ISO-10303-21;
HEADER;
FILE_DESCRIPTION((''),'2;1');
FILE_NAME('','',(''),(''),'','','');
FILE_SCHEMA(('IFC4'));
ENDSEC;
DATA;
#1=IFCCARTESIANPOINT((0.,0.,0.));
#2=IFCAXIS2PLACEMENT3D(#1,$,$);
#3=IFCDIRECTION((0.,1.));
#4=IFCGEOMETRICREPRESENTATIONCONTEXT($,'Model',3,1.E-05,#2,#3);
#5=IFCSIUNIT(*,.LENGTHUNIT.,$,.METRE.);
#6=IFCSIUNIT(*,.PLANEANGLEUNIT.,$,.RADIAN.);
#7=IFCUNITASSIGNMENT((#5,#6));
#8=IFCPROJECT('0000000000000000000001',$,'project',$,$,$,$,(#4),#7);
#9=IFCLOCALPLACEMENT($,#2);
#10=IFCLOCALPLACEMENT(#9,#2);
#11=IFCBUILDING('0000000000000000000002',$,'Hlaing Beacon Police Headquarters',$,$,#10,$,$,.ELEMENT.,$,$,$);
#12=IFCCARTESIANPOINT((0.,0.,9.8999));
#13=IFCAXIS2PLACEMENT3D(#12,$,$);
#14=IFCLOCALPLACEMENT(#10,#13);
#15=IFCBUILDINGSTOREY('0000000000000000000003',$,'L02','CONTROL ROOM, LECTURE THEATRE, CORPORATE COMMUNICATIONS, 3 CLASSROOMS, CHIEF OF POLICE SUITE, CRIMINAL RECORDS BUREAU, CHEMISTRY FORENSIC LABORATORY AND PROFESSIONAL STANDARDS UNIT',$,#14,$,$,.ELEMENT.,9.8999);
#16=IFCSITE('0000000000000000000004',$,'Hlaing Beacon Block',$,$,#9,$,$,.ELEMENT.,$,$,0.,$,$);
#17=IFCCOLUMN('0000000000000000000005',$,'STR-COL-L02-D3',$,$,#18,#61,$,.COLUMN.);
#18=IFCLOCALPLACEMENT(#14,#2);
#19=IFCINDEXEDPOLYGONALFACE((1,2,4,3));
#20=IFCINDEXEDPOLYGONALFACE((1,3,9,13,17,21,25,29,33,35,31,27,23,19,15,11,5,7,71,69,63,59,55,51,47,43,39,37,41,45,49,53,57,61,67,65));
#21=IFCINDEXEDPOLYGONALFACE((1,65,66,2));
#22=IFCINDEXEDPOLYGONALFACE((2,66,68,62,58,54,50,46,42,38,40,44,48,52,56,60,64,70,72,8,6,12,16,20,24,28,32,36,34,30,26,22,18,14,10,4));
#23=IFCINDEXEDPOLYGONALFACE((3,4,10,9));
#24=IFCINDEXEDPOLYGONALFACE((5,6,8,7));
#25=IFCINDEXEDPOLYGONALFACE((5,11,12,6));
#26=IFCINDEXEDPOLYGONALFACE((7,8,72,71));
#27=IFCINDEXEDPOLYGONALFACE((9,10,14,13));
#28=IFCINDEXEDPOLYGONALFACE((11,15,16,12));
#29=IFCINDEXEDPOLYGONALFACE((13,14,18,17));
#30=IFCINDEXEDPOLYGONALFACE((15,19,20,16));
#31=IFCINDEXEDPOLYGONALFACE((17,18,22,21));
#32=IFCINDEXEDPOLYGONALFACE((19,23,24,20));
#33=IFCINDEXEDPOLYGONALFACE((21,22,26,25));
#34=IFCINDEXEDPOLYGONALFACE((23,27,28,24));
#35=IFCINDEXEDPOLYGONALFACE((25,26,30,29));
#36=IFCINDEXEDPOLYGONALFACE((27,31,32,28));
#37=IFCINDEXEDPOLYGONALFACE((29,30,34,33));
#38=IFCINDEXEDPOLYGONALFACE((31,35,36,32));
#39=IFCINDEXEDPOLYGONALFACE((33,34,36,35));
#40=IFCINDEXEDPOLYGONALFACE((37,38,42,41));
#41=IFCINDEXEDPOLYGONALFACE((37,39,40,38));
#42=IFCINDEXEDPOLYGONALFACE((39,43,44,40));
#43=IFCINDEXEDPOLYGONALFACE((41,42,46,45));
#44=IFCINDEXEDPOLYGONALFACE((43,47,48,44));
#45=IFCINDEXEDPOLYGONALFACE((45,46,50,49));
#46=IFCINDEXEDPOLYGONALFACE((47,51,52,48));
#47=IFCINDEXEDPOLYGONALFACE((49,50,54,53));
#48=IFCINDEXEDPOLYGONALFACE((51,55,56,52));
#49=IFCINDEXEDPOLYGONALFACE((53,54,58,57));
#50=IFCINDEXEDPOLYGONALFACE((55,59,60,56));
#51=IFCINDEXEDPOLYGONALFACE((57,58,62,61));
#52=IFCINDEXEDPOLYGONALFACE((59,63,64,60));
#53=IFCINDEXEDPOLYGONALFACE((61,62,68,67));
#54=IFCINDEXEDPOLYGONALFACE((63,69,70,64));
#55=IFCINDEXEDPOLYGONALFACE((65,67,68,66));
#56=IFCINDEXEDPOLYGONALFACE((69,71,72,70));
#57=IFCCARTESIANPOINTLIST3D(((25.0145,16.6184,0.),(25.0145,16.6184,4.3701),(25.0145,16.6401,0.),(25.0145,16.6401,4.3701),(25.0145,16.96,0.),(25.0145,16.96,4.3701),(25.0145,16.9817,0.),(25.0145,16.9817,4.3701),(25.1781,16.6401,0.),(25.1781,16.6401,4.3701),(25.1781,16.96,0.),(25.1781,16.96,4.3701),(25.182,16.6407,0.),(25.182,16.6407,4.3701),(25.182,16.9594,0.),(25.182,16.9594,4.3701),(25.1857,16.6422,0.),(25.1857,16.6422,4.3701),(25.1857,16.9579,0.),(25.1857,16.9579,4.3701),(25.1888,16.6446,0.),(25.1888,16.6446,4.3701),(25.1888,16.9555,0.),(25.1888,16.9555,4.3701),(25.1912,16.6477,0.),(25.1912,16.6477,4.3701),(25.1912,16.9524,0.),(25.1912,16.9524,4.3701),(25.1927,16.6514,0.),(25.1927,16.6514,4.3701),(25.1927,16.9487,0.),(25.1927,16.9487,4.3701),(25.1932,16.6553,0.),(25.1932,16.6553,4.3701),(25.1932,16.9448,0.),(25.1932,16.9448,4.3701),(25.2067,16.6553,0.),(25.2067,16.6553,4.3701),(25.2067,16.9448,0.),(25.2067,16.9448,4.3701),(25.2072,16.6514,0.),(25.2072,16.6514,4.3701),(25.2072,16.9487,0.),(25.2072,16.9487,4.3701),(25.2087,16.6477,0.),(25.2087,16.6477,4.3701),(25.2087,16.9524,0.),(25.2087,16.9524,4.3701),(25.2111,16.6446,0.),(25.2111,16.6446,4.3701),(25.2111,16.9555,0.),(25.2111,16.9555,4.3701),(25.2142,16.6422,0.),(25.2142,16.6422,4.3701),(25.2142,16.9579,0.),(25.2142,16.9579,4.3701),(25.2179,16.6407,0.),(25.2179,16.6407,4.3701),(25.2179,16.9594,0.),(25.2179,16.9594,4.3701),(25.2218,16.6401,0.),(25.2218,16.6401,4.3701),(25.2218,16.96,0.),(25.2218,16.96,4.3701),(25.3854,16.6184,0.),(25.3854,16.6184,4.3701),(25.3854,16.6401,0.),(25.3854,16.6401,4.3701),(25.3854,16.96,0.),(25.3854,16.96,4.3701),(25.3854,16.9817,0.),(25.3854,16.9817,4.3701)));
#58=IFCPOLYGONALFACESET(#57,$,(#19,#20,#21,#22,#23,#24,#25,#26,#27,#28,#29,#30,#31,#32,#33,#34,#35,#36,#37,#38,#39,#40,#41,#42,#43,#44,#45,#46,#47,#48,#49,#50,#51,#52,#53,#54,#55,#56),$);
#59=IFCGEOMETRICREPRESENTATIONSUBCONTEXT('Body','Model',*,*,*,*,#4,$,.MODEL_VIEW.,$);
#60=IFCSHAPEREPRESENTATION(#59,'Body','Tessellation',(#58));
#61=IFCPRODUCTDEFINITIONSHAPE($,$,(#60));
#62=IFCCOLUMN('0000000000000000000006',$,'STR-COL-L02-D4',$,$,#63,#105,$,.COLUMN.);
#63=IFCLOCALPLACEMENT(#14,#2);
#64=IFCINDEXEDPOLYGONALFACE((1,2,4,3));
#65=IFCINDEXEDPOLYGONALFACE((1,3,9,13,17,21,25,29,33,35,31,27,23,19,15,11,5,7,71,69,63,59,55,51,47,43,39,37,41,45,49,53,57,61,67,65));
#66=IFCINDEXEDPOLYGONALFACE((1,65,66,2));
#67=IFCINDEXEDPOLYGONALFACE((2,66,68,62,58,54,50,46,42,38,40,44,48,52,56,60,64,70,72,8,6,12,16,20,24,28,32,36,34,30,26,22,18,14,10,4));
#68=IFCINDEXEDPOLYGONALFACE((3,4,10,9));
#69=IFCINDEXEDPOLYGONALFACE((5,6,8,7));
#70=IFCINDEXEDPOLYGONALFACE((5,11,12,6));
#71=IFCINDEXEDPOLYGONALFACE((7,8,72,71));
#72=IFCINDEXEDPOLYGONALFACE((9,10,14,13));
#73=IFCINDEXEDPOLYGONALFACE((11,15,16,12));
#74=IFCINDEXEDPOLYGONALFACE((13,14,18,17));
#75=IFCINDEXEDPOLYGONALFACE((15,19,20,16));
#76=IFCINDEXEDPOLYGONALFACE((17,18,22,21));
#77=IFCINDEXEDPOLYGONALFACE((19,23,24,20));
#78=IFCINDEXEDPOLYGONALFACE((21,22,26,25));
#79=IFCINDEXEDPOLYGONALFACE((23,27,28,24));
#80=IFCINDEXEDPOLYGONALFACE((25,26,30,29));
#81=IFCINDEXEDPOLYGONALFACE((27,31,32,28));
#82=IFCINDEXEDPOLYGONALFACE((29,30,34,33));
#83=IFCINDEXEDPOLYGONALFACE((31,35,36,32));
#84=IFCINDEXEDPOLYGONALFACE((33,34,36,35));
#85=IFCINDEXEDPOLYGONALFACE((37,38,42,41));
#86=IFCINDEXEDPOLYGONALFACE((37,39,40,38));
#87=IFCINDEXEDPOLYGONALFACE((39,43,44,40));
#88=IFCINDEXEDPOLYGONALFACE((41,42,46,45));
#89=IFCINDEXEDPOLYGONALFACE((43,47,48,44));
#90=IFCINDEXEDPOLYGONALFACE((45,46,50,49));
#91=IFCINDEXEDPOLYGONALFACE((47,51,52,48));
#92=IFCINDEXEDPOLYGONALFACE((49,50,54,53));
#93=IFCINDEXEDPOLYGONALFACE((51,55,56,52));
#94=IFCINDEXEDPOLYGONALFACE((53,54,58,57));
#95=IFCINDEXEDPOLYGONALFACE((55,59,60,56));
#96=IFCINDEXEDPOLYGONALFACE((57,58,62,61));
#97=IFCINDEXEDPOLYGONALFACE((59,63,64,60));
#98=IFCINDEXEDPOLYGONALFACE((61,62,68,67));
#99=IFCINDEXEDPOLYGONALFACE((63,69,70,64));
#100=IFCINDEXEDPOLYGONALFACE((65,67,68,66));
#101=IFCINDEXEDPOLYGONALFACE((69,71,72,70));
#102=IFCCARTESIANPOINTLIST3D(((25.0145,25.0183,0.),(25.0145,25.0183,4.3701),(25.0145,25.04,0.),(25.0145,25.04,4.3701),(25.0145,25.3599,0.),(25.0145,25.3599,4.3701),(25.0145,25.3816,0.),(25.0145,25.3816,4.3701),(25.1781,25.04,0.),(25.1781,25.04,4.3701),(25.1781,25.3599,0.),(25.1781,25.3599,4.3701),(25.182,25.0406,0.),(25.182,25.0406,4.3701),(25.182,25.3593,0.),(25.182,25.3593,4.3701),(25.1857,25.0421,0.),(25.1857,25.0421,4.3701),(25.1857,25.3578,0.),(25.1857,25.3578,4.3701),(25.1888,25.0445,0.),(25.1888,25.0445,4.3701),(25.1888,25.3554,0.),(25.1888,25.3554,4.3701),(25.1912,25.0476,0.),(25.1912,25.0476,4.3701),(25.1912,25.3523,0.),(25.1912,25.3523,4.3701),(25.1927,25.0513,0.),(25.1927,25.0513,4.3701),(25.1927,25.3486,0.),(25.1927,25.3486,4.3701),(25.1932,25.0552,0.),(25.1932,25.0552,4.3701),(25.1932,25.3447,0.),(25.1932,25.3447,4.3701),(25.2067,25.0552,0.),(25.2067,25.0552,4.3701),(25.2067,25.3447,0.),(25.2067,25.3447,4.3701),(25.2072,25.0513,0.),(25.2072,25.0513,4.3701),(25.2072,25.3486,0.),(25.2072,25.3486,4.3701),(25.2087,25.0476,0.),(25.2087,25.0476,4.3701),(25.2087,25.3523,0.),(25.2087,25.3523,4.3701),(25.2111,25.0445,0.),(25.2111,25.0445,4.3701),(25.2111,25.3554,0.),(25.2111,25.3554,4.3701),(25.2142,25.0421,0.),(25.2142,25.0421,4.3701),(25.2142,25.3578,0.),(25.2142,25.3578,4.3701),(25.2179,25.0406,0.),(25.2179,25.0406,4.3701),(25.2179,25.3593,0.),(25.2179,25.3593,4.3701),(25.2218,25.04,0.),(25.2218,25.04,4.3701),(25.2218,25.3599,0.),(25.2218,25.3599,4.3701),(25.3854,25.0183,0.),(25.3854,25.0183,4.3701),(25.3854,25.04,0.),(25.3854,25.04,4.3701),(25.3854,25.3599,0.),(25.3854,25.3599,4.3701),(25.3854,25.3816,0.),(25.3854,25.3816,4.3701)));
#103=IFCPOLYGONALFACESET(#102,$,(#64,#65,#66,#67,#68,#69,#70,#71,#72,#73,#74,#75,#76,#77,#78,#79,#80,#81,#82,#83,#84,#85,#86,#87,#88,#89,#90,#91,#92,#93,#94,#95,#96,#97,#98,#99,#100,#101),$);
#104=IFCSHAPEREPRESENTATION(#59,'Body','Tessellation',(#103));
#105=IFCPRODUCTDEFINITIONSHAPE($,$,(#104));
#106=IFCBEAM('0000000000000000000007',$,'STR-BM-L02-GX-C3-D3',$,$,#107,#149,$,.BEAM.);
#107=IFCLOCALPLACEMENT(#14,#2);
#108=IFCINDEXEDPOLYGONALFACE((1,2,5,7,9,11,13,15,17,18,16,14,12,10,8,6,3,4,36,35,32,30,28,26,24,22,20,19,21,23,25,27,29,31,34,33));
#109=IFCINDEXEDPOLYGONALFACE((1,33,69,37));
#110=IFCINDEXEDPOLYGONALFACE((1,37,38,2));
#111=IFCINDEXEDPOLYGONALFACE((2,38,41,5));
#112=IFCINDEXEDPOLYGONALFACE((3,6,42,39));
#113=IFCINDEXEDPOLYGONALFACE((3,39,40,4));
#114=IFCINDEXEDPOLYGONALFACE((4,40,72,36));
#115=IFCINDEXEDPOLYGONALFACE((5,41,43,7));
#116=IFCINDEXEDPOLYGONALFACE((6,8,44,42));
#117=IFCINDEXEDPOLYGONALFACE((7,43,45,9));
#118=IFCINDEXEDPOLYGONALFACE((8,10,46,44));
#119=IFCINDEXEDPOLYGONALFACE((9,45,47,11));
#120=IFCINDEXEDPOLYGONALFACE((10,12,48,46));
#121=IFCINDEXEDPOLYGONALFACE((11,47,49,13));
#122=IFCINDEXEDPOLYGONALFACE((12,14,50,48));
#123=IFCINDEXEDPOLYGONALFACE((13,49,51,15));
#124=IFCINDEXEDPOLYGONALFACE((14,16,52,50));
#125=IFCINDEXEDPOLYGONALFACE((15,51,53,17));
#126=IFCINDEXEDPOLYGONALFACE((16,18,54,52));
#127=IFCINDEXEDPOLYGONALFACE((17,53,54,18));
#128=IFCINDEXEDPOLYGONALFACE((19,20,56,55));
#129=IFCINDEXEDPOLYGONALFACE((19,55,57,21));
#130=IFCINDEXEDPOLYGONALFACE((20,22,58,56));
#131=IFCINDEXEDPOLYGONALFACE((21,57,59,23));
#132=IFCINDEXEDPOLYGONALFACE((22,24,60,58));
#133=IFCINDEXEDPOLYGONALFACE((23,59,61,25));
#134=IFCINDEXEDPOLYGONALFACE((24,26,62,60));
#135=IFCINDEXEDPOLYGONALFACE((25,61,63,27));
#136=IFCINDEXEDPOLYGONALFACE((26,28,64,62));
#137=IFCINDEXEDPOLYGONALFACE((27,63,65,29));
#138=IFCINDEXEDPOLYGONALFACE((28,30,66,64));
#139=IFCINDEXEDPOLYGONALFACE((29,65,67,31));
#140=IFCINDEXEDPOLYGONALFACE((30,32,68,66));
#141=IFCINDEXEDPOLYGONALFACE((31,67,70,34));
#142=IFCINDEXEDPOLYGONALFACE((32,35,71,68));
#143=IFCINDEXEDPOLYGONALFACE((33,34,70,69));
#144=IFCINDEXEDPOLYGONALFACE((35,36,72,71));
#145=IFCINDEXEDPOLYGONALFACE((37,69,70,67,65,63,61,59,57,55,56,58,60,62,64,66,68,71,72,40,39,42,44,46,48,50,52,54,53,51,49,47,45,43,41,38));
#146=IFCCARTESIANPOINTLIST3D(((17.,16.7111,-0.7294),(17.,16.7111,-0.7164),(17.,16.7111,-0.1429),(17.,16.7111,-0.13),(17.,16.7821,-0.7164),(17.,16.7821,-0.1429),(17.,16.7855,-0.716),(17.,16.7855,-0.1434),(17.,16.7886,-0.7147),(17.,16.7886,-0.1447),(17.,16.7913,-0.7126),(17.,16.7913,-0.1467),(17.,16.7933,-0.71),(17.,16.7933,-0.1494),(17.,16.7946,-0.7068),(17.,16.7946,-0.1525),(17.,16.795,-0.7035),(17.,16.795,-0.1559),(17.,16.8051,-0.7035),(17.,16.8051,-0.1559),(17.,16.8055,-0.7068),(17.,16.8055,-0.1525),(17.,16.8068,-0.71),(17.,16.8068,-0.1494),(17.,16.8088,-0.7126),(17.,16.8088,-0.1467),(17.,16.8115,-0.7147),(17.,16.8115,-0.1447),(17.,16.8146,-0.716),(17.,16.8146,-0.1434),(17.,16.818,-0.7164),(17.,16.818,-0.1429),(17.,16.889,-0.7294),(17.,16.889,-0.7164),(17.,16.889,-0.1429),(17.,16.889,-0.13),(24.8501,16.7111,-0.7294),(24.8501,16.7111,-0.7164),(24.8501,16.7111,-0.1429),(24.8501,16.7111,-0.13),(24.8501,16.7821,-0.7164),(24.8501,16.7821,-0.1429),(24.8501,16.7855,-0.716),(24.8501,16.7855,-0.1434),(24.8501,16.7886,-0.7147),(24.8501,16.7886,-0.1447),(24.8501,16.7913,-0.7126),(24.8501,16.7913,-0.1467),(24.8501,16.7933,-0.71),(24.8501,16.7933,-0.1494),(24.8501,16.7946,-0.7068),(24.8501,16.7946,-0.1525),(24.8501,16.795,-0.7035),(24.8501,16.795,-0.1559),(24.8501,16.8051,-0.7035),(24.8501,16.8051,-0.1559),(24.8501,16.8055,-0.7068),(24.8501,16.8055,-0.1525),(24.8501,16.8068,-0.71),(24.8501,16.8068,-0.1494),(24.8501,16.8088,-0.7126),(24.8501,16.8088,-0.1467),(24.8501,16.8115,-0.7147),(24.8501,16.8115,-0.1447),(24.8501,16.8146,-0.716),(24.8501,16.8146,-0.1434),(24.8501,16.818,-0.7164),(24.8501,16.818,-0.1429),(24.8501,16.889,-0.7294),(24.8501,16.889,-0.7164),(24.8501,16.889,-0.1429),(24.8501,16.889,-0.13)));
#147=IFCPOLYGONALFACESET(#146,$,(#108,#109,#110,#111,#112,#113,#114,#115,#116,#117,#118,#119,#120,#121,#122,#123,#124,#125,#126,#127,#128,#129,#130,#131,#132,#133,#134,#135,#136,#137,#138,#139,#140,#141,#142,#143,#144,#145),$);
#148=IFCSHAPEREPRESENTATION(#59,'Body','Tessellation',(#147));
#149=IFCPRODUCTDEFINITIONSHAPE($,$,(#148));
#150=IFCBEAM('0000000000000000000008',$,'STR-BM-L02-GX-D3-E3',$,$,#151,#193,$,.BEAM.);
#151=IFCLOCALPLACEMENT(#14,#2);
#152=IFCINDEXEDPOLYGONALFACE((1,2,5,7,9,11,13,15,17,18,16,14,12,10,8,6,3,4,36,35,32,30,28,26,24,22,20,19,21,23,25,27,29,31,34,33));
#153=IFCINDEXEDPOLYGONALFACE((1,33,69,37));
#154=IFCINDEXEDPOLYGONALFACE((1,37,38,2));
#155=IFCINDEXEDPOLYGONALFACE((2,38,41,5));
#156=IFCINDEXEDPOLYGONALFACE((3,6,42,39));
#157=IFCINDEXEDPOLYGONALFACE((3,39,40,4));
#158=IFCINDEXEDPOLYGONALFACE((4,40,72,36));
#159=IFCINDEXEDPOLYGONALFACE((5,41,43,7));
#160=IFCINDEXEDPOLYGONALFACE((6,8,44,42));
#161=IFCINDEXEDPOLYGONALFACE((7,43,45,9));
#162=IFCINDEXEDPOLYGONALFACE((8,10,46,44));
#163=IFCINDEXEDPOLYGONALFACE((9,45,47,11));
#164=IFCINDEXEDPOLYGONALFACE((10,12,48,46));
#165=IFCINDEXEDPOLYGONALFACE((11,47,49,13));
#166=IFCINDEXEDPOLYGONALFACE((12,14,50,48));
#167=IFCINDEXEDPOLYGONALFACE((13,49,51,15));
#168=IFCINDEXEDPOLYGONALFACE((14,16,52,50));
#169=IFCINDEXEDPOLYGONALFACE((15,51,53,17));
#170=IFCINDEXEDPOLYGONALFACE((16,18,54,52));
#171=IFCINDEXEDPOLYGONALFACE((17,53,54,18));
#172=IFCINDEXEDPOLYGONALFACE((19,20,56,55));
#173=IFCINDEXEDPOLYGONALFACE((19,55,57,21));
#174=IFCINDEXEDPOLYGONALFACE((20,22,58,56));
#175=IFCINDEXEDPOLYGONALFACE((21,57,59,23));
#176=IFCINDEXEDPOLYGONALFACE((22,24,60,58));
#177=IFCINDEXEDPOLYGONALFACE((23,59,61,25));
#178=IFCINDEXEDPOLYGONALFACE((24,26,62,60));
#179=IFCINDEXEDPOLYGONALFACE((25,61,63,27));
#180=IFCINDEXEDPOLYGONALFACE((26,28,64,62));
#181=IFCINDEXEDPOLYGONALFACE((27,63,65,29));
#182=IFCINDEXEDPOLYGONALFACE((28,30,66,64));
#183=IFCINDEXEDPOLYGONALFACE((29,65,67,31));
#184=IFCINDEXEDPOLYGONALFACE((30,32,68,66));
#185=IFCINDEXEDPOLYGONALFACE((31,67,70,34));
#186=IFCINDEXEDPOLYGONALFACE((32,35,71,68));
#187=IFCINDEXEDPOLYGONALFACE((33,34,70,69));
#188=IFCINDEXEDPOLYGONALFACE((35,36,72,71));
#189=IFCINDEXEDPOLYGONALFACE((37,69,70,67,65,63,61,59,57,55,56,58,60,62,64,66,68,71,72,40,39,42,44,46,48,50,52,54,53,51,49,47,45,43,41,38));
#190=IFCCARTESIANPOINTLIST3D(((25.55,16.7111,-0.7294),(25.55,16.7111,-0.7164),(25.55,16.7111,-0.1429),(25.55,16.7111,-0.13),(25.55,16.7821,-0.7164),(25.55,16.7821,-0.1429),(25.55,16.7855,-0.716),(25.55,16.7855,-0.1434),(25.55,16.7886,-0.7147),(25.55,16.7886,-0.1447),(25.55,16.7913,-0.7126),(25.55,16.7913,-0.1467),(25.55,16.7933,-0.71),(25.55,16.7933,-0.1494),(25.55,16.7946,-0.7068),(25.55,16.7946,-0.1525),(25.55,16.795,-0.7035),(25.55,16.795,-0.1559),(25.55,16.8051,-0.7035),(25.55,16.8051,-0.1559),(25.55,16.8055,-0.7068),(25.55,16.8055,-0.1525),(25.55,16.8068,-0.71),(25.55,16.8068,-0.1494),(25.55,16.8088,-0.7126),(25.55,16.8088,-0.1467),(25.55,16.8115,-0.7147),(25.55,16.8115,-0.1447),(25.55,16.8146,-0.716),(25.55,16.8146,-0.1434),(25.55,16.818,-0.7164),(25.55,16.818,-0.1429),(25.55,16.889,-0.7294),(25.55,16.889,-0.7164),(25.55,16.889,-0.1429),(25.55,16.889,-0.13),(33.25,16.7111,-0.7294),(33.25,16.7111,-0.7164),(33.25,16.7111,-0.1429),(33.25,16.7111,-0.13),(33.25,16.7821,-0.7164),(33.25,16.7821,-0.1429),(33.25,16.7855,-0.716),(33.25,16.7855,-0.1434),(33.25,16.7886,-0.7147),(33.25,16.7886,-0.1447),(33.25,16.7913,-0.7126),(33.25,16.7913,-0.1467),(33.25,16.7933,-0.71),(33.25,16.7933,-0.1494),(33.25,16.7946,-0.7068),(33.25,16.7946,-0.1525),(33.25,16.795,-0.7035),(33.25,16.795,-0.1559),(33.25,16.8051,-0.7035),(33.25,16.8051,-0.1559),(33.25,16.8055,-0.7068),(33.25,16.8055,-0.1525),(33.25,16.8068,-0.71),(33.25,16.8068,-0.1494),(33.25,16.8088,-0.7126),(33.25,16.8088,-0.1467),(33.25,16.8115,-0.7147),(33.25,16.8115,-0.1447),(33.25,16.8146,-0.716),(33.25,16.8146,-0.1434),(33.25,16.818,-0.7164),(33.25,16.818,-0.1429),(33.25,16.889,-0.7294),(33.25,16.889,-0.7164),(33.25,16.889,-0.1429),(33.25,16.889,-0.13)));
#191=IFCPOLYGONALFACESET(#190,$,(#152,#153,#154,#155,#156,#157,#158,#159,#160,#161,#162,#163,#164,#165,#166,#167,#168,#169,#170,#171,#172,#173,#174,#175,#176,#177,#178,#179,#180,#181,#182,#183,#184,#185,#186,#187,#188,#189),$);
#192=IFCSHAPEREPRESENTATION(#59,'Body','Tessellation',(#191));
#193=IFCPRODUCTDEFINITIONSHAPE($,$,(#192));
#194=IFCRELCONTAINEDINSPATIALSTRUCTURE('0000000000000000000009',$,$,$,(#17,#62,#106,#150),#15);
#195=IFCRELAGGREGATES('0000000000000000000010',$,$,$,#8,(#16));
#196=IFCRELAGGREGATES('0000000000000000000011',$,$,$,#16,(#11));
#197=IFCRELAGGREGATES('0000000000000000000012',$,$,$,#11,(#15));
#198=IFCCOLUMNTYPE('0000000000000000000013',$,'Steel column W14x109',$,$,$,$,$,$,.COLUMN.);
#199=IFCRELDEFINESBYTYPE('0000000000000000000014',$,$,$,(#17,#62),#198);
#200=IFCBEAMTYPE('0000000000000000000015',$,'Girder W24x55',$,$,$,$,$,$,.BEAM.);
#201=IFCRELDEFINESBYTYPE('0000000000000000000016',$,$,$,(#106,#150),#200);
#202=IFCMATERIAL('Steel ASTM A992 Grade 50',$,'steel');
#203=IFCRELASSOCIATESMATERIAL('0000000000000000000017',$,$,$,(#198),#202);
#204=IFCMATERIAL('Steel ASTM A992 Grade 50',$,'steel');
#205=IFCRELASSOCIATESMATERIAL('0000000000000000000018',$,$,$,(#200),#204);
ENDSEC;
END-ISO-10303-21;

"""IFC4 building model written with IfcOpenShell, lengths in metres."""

from ifc_helpers import new_model, si_unit, direction, frame, origin, origin_2d, place, context, subcontext, project, spatial, i_section, extrude, material, material_profile, profile_set, type_object, element, save


model = new_model("IFC4")

# Units and contexts
model_context = context("Model", 3, precision=1e-05, world=origin(), true_north=direction((0.0, 1.0)))
body_context = subcontext(model_context, "Body", "Model", "MODEL_VIEW")
ifc_project = project(units=[si_unit("LENGTHUNIT", "METRE"), si_unit("PLANEANGLEUNIT", "RADIAN")], contexts=[model_context])

# Site, building, storey
site_placement = place(None, origin())
site = spatial("IfcSite", under=ifc_project, at=site_placement, Name="Hlaing Beacon Block", CompositionType="ELEMENT", RefElevation=0.0)
building_placement = place(site_placement, origin())
building = spatial("IfcBuilding", under=site, at=building_placement, Name="Hlaing Beacon Police Headquarters", CompositionType="ELEMENT")
storey_placement = place(building_placement, frame((0.0, 0.0, 9.8999)))
storey = spatial("IfcBuildingStorey", under=building, at=storey_placement, Name="L02", Description="CONTROL ROOM, LECTURE THEATRE, CORPORATE COMMUNICATIONS, 3 CLASSROOMS, CHIEF OF POLICE SUITE, CRIMINAL RECORDS BUREAU, CHEMISTRY FORENSIC LABORATORY AND PROFESSIONAL STANDARDS UNIT", CompositionType="ELEMENT", Elevation=9.8999)

# Columns
ifc_material_1 = material(Name="Steel ASTM A992 Grade 50", Category="steel")
ifc_material_profile_1 = material_profile(ifc_material_1, i_section(OverallWidth=0.3708, OverallDepth=0.3633, WebThickness=0.0134, FlangeThickness=0.0217, FilletRadius=0.0151, at=origin_2d()), Name="W14x109")
ifc_profile_set_1 = profile_set([ifc_material_profile_1], Name="Steel ASTM A992 Grade 50")
column_type = type_object("IfcColumnType", Name="Steel column W14x109", PredefinedType="COLUMN", material=ifc_profile_set_1)
for number, where, z_axis, x_axis, name in (
    (1, (25.2, 16.8, 0.0), (0.0, 0.0, 1.0), (1.0, 0.0, 0.0), "STR-COL-L02-D3"),
    (2, (25.2, 25.2, 0.0), (0.0, 0.0, 1.0), (1.0, 0.0, 0.0), "STR-COL-L02-D4"),
):
    element("IfcColumn", number, at=place(storey_placement, frame(where, z_axis=z_axis, x_axis=x_axis)), inside=storey, type_object=column_type, Name=name, PredefinedType="COLUMN", context=body_context, shape_type="SweptSolid", body=[
        extrude(i_section(OverallWidth=0.3708, OverallDepth=0.3633, WebThickness=0.0134, FlangeThickness=0.0217, FilletRadius=0.0151, at=origin_2d()), origin(), (0.0, 0.0, 1.0), 4.3701),
    ])

# Beams
ifc_material_2 = material(Name="Steel ASTM A992 Grade 50", Category="steel")
ifc_material_profile_2 = material_profile(ifc_material_2, i_section(OverallWidth=0.178, OverallDepth=0.5994, WebThickness=0.01, FlangeThickness=0.0129, FilletRadius=0.0129, at=origin_2d()), Name="W24x55")
ifc_profile_set_2 = profile_set([ifc_material_profile_2], Name="Steel ASTM A992 Grade 50")
beam_type_1 = type_object("IfcBeamType", Name="Girder W24x55", PredefinedType="BEAM", material=ifc_profile_set_2)
beam_1_placement = place(storey_placement, frame((17.0, 16.8, -0.4297), z_axis=(1.0, 0.0, 0.0), x_axis=(0.0, 1.0, 0.0)))
element("IfcBeam", 3, at=beam_1_placement, inside=storey, type_object=beam_type_1, Name="STR-BM-L02-GX-C3-D3", PredefinedType="BEAM", context=body_context, shape_type="SweptSolid", body=[
    extrude(i_section(OverallWidth=0.178, OverallDepth=0.5994, WebThickness=0.01, FlangeThickness=0.0129, FilletRadius=0.0129, at=origin_2d()), origin(), (0.0, 0.0, 1.0), 7.8501),
])
beam_2_placement = place(storey_placement, frame((25.55, 16.8, -0.4297), z_axis=(1.0, 0.0, 0.0), x_axis=(0.0, 1.0, 0.0)))
element("IfcBeam", 4, at=beam_2_placement, inside=storey, type_object=beam_type_1, Name="STR-BM-L02-GX-D3-E3", PredefinedType="BEAM", context=body_context, shape_type="SweptSolid", body=[
    extrude(i_section(OverallWidth=0.178, OverallDepth=0.5994, WebThickness=0.01, FlangeThickness=0.0129, FilletRadius=0.0129, at=origin_2d()), origin(), (0.0, 0.0, 1.0), 7.7),
])

save(model, "model.ifc")
